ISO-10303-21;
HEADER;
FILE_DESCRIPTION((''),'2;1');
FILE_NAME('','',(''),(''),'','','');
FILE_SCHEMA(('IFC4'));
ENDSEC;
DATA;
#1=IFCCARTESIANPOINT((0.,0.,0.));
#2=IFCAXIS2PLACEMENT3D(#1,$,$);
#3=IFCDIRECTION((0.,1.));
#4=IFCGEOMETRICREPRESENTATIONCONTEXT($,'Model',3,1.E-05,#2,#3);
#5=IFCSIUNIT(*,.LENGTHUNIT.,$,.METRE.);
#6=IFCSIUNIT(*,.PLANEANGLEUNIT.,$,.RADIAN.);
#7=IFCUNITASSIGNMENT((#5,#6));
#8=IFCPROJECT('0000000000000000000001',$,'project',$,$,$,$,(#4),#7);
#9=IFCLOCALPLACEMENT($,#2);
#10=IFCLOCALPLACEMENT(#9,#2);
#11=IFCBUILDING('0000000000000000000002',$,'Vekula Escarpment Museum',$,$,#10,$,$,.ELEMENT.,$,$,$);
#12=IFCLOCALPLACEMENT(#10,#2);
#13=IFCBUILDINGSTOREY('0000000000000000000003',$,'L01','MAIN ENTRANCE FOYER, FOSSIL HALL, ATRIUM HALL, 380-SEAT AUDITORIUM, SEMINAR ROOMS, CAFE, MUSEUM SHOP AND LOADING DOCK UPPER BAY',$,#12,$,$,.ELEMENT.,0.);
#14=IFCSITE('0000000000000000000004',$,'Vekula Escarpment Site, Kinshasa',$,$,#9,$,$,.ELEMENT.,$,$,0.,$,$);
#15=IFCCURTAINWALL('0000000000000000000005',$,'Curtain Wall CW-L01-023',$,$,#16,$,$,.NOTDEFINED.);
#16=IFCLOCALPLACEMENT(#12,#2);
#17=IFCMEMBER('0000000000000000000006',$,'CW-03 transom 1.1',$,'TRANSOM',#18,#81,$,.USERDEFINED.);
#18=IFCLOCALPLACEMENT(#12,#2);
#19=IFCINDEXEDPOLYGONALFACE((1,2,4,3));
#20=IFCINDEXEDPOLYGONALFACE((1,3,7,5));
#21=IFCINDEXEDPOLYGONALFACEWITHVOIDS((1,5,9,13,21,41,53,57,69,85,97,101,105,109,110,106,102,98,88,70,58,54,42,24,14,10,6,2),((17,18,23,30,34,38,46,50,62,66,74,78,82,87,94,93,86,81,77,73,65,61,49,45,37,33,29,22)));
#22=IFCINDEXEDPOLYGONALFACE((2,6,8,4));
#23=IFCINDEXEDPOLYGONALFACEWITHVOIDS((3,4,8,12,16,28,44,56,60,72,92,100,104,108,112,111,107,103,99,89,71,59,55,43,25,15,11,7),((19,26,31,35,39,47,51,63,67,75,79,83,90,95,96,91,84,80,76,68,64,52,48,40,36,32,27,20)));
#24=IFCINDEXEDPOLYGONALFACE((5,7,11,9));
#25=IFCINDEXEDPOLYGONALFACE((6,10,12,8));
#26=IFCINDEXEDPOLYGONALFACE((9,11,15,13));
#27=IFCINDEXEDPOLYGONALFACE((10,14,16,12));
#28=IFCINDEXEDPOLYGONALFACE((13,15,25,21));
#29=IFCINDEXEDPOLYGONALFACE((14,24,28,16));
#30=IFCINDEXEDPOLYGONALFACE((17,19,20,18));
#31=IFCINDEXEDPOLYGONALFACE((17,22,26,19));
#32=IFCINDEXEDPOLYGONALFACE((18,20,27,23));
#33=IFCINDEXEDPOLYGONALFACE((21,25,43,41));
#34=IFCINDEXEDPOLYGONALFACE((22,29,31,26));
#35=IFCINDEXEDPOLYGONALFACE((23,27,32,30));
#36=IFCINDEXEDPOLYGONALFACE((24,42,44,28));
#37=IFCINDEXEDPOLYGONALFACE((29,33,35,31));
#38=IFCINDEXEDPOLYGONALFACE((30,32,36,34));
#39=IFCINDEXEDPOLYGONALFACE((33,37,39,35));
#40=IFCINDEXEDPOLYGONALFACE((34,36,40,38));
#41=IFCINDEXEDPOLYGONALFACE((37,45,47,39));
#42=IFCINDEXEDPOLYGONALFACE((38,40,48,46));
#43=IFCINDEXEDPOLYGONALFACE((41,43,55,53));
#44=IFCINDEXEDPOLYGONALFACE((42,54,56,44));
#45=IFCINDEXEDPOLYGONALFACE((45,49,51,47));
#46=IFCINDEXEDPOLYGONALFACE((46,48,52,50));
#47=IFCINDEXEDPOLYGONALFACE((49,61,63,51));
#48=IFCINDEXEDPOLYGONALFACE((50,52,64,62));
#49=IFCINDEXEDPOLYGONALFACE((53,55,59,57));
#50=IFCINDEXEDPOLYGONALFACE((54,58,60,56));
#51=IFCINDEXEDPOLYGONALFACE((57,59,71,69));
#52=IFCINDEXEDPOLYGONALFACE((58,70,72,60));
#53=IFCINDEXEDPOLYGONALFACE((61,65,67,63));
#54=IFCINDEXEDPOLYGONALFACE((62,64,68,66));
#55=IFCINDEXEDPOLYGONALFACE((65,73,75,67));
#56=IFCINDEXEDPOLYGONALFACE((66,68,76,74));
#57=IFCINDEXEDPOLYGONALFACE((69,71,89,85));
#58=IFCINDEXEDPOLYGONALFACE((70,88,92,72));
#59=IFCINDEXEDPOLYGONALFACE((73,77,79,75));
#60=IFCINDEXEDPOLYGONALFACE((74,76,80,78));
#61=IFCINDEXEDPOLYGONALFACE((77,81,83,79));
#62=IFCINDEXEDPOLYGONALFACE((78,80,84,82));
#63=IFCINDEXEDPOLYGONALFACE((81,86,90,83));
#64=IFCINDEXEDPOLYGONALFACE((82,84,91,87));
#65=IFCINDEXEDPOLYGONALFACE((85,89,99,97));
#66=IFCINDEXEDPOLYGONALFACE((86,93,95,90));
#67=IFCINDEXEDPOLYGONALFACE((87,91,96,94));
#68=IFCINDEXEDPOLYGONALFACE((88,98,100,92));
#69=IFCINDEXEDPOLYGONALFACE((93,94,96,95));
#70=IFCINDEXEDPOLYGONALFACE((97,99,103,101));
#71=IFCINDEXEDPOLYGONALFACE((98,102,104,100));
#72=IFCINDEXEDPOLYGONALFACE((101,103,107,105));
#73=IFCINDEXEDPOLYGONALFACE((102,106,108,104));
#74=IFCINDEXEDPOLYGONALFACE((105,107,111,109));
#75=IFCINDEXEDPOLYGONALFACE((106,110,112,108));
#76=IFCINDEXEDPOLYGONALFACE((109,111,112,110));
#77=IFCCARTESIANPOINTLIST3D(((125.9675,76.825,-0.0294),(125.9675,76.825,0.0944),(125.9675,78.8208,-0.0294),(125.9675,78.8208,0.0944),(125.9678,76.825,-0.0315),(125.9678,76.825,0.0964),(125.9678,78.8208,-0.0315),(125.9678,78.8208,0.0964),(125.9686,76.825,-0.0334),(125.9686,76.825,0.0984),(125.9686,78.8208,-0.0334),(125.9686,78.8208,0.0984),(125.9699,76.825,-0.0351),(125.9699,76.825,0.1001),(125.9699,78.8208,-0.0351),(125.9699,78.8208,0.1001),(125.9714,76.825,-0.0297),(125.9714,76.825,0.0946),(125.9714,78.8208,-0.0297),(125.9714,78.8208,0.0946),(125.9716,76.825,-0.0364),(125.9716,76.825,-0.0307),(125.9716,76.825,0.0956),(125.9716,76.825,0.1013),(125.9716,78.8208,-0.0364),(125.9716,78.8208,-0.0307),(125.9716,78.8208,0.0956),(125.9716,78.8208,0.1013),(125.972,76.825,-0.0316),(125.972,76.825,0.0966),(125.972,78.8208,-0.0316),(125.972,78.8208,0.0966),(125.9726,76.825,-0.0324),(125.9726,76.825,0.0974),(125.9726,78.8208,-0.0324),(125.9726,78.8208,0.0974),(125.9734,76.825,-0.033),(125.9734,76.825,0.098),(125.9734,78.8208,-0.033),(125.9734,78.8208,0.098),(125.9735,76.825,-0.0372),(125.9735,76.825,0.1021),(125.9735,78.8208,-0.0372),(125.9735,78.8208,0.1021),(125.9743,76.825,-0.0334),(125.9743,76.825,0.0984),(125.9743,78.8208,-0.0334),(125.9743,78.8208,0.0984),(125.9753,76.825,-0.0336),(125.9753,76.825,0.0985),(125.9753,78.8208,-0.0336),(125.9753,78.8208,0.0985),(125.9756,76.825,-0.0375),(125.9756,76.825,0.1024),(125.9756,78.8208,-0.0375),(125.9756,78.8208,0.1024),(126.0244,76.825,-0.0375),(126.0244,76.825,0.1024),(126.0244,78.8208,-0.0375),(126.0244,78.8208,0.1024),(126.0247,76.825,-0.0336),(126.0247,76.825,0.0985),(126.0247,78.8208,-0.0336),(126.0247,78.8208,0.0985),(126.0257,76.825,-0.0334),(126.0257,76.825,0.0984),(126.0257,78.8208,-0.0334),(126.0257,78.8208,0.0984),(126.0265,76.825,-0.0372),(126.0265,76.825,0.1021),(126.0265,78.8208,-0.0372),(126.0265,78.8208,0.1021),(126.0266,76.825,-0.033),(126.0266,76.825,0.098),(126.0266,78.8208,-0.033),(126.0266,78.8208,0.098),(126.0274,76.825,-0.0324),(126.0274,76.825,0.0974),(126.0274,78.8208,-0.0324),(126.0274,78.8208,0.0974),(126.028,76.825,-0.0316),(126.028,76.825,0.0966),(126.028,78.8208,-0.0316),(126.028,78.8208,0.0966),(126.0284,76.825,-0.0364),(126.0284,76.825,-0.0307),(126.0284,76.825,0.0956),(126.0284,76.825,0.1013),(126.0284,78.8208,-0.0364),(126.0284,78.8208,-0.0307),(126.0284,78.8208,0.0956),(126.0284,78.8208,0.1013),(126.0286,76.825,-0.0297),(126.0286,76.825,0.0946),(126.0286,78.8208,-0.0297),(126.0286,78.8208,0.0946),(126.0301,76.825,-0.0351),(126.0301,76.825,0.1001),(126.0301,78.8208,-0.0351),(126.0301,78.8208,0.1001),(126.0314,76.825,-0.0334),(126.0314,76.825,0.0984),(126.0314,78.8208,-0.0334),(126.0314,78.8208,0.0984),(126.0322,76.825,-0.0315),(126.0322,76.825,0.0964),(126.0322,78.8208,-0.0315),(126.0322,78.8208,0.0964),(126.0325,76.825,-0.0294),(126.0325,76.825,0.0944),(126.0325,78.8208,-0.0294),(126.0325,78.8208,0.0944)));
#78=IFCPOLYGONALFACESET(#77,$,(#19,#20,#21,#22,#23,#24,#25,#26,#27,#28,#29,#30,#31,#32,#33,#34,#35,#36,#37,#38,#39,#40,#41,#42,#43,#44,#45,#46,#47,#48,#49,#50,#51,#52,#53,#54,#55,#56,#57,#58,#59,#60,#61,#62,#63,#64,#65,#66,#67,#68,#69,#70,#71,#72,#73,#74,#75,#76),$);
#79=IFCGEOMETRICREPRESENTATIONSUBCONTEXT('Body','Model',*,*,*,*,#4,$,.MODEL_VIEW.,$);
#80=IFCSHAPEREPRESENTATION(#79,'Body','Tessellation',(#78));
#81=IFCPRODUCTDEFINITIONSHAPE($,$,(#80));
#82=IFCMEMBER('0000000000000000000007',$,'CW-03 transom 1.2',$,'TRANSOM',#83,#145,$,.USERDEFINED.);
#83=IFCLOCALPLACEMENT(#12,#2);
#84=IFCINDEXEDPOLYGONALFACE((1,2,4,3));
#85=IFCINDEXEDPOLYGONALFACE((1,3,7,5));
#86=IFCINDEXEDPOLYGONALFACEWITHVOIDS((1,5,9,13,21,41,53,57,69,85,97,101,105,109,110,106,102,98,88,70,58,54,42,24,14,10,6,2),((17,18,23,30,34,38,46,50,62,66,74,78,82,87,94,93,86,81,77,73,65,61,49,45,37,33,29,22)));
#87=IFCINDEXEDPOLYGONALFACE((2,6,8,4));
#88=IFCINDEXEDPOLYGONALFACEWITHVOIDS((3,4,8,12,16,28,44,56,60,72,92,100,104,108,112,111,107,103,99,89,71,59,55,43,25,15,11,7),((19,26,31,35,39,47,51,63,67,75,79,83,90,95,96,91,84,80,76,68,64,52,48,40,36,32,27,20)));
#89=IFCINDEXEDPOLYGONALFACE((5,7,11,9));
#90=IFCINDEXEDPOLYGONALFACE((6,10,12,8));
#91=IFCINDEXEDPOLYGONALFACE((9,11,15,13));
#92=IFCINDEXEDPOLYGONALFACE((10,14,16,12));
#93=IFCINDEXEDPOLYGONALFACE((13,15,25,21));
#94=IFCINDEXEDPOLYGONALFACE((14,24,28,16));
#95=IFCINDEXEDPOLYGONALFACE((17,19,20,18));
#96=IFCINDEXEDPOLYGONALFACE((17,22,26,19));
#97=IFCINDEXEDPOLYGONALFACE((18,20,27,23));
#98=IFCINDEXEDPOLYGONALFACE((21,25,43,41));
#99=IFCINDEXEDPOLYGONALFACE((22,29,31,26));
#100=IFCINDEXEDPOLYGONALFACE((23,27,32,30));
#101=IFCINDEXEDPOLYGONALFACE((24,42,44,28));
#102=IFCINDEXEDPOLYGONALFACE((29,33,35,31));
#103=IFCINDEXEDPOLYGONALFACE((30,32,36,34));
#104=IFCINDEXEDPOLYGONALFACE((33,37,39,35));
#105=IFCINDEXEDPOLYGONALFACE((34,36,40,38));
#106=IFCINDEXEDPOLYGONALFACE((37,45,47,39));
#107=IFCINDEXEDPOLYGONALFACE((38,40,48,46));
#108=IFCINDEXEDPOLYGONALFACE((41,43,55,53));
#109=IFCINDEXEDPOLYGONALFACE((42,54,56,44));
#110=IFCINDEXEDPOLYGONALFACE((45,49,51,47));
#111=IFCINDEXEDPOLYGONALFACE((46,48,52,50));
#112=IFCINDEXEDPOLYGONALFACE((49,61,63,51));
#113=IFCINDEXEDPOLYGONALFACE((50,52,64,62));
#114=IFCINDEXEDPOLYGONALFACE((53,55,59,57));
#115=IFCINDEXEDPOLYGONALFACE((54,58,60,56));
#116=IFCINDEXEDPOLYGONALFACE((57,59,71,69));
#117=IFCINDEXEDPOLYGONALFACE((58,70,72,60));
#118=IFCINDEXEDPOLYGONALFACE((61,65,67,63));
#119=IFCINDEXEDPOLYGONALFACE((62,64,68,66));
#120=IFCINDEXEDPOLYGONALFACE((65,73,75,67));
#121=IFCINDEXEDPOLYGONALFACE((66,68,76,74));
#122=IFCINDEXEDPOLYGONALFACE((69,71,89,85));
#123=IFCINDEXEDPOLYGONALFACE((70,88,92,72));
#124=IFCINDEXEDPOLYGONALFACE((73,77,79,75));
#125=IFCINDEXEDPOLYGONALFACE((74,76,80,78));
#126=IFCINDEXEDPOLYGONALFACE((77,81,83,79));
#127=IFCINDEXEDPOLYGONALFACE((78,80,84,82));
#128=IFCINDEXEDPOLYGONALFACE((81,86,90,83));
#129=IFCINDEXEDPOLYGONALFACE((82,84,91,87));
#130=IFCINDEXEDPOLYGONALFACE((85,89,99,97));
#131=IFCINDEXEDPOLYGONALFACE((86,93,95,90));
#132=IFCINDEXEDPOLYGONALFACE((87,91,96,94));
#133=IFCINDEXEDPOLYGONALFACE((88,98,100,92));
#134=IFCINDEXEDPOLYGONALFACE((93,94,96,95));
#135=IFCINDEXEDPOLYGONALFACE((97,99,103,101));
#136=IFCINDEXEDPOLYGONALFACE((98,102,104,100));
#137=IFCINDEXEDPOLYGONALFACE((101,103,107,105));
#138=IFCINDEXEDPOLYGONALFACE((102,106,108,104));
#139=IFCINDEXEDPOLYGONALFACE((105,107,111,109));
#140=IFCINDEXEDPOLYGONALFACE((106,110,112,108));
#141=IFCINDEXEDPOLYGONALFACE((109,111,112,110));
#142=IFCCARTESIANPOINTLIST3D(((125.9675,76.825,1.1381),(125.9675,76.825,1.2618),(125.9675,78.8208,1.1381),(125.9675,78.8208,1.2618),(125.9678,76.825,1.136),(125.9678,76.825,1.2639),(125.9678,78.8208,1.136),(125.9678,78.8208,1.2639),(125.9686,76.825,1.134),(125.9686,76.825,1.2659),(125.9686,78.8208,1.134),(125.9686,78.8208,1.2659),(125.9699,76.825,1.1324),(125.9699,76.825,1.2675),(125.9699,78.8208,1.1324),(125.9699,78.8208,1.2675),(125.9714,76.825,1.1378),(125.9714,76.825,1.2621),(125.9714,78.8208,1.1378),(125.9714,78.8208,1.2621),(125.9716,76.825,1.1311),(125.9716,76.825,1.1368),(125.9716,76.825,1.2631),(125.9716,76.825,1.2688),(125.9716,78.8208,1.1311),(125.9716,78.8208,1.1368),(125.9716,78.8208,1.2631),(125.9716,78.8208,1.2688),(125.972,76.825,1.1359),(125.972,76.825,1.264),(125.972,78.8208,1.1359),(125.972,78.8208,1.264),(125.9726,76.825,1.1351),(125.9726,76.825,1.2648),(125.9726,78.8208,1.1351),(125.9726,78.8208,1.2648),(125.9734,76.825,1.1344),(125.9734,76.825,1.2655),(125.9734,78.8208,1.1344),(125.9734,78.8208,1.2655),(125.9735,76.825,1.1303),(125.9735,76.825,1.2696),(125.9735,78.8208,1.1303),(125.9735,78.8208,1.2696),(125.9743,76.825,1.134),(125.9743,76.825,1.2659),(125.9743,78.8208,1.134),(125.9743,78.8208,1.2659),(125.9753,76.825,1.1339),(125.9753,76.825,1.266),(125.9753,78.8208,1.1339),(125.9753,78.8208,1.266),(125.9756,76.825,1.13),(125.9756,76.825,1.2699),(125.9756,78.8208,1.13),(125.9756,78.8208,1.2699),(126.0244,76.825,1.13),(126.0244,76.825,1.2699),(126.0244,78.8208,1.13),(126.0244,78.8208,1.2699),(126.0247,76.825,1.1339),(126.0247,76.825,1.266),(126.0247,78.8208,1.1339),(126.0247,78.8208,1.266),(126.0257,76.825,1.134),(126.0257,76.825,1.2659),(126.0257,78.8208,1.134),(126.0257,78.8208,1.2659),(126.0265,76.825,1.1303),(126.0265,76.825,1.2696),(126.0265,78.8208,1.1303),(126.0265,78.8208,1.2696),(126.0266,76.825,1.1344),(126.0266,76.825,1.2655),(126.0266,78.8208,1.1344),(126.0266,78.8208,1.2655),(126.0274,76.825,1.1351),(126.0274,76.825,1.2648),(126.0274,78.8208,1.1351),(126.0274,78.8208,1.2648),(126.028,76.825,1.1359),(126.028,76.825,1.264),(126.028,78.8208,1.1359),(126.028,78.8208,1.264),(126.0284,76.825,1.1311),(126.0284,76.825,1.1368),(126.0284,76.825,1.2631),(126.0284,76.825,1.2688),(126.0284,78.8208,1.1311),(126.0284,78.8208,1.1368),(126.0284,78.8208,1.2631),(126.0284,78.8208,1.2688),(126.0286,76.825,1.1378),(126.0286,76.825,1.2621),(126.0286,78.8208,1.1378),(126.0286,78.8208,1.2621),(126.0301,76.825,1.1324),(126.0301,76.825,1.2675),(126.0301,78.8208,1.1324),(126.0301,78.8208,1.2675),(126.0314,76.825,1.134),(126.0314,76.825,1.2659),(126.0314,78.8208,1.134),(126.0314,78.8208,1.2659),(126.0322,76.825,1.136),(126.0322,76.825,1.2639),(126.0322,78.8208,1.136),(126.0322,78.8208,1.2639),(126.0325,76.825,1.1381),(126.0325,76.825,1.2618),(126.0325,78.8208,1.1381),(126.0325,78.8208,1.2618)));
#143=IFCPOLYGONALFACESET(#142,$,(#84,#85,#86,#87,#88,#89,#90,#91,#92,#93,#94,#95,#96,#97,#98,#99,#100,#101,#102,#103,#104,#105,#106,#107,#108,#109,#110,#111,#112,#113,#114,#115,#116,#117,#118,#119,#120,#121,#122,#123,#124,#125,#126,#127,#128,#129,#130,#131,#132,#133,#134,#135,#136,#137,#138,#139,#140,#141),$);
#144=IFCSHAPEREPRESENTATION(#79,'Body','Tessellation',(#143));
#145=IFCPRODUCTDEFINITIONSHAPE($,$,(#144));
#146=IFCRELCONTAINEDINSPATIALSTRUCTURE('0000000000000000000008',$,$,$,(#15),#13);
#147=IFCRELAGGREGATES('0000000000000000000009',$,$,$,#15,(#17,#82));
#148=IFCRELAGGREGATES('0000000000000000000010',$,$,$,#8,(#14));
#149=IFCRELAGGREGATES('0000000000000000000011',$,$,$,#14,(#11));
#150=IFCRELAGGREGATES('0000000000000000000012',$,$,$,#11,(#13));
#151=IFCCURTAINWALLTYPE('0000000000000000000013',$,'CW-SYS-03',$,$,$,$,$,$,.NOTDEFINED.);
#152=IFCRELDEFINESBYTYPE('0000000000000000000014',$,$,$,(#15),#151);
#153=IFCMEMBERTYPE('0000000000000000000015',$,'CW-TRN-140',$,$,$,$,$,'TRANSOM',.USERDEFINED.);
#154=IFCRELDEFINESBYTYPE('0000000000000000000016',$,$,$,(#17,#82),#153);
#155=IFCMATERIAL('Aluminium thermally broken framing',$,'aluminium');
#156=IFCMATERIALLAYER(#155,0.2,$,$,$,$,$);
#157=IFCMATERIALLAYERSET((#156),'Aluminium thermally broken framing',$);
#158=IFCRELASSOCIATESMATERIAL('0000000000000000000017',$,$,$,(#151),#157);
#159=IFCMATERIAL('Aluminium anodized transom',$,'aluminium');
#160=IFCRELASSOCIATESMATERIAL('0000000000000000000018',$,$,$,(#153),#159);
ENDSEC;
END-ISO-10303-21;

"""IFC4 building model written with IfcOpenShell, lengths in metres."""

from ifc_helpers import new_model, si_unit, direction, frame, origin, origin_2d, place, context, subcontext, project, spatial, hollow_rectangle, extrude, material, layer, layer_set, material_profile, profile_set, type_object, element, aggregate, save


model = new_model("IFC4")

# Units and contexts
model_context = context("Model", 3, precision=1e-05, world=origin(), true_north=direction((0.0, 1.0)))
body_context = subcontext(model_context, "Body", "Model", "MODEL_VIEW")
ifc_project = project(units=[si_unit("LENGTHUNIT", "METRE"), si_unit("PLANEANGLEUNIT", "RADIAN")], contexts=[model_context])

# Site, building, storey
site_placement = place(None, origin())
site = spatial("IfcSite", under=ifc_project, at=site_placement, Name="Vekula Escarpment Site, Kinshasa", CompositionType="ELEMENT", RefElevation=0.0)
building_placement = place(site_placement, origin())
building = spatial("IfcBuilding", under=site, at=building_placement, Name="Vekula Escarpment Museum", CompositionType="ELEMENT")
storey_placement = place(building_placement, origin())
storey = spatial("IfcBuildingStorey", under=building, at=storey_placement, Name="L01", Description="MAIN ENTRANCE FOYER, FOSSIL HALL, ATRIUM HALL, 380-SEAT AUDITORIUM, SEMINAR ROOMS, CAFE, MUSEUM SHOP AND LOADING DOCK UPPER BAY", CompositionType="ELEMENT", Elevation=0.0)

# Curtain wall
ifc_material_1 = material(Name="Aluminium thermally broken framing", Category="aluminium")
ifc_layer_1 = layer(ifc_material_1, 0.2)
ifc_layer_set_1 = layer_set([ifc_layer_1], Name="Aluminium thermally broken framing")
curtain_wall_type_1 = type_object("IfcCurtainWallType", Name="CW-SYS-03", PredefinedType="NOTDEFINED", material=ifc_layer_set_1)
curtain_wall_1_placement = place(storey_placement, origin())
curtain_wall_1 = element("IfcCurtainWall", 1, at=curtain_wall_1_placement, inside=storey, type_object=curtain_wall_type_1, Name="Curtain Wall CW-L01-023", PredefinedType="NOTDEFINED")

# Members
ifc_material_2 = material(Name="Aluminium anodized transom", Category="aluminium")
ifc_material_profile_1 = material_profile(ifc_material_2, hollow_rectangle(XDim=0.0649, YDim=0.1399, WallThickness=0.0039, InnerFilletRadius=0.0039, OuterFilletRadius=0.0081, at=origin_2d()), Name="ALU 140x65x4")
ifc_profile_set_1 = profile_set([ifc_material_profile_1], Name="Aluminium anodized transom")
member_type_1 = type_object("IfcMemberType", Name="CW-TRN-140", ElementType="TRANSOM", PredefinedType="USERDEFINED", material=ifc_profile_set_1)
member_1_placement = place(storey_placement, frame((126.0, 76.825, 0.0325), z_axis=(0.0, 1.0, 0.0), x_axis=(-1.0, 0.0, 0.0)))
member_1 = element("IfcMember", 2, at=member_1_placement, type_object=member_type_1, Name="CW-03 transom 1.1", ObjectType="TRANSOM", PredefinedType="USERDEFINED", context=body_context, shape_type="SweptSolid", body=[
    extrude(hollow_rectangle(XDim=0.0649, YDim=0.1399, WallThickness=0.0039, InnerFilletRadius=0.0039, OuterFilletRadius=0.0081, at=origin_2d()), origin(), (0.0, 0.0, 1.0), 1.9958),
])
member_2_placement = place(storey_placement, frame((126.0, 76.825, 1.2), z_axis=(0.0, 1.0, 0.0), x_axis=(-1.0, 0.0, 0.0)))
member_2 = element("IfcMember", 3, at=member_2_placement, type_object=member_type_1, Name="CW-03 transom 1.2", ObjectType="TRANSOM", PredefinedType="USERDEFINED", context=body_context, shape_type="SweptSolid", body=[
    extrude(hollow_rectangle(XDim=0.0649, YDim=0.1399, WallThickness=0.0039, InnerFilletRadius=0.0039, OuterFilletRadius=0.0081, at=origin_2d()), origin(), (0.0, 0.0, 1.0), 1.9958),
])

aggregate(curtain_wall_1, [member_1, member_2])

save(model, "model.ifc")
